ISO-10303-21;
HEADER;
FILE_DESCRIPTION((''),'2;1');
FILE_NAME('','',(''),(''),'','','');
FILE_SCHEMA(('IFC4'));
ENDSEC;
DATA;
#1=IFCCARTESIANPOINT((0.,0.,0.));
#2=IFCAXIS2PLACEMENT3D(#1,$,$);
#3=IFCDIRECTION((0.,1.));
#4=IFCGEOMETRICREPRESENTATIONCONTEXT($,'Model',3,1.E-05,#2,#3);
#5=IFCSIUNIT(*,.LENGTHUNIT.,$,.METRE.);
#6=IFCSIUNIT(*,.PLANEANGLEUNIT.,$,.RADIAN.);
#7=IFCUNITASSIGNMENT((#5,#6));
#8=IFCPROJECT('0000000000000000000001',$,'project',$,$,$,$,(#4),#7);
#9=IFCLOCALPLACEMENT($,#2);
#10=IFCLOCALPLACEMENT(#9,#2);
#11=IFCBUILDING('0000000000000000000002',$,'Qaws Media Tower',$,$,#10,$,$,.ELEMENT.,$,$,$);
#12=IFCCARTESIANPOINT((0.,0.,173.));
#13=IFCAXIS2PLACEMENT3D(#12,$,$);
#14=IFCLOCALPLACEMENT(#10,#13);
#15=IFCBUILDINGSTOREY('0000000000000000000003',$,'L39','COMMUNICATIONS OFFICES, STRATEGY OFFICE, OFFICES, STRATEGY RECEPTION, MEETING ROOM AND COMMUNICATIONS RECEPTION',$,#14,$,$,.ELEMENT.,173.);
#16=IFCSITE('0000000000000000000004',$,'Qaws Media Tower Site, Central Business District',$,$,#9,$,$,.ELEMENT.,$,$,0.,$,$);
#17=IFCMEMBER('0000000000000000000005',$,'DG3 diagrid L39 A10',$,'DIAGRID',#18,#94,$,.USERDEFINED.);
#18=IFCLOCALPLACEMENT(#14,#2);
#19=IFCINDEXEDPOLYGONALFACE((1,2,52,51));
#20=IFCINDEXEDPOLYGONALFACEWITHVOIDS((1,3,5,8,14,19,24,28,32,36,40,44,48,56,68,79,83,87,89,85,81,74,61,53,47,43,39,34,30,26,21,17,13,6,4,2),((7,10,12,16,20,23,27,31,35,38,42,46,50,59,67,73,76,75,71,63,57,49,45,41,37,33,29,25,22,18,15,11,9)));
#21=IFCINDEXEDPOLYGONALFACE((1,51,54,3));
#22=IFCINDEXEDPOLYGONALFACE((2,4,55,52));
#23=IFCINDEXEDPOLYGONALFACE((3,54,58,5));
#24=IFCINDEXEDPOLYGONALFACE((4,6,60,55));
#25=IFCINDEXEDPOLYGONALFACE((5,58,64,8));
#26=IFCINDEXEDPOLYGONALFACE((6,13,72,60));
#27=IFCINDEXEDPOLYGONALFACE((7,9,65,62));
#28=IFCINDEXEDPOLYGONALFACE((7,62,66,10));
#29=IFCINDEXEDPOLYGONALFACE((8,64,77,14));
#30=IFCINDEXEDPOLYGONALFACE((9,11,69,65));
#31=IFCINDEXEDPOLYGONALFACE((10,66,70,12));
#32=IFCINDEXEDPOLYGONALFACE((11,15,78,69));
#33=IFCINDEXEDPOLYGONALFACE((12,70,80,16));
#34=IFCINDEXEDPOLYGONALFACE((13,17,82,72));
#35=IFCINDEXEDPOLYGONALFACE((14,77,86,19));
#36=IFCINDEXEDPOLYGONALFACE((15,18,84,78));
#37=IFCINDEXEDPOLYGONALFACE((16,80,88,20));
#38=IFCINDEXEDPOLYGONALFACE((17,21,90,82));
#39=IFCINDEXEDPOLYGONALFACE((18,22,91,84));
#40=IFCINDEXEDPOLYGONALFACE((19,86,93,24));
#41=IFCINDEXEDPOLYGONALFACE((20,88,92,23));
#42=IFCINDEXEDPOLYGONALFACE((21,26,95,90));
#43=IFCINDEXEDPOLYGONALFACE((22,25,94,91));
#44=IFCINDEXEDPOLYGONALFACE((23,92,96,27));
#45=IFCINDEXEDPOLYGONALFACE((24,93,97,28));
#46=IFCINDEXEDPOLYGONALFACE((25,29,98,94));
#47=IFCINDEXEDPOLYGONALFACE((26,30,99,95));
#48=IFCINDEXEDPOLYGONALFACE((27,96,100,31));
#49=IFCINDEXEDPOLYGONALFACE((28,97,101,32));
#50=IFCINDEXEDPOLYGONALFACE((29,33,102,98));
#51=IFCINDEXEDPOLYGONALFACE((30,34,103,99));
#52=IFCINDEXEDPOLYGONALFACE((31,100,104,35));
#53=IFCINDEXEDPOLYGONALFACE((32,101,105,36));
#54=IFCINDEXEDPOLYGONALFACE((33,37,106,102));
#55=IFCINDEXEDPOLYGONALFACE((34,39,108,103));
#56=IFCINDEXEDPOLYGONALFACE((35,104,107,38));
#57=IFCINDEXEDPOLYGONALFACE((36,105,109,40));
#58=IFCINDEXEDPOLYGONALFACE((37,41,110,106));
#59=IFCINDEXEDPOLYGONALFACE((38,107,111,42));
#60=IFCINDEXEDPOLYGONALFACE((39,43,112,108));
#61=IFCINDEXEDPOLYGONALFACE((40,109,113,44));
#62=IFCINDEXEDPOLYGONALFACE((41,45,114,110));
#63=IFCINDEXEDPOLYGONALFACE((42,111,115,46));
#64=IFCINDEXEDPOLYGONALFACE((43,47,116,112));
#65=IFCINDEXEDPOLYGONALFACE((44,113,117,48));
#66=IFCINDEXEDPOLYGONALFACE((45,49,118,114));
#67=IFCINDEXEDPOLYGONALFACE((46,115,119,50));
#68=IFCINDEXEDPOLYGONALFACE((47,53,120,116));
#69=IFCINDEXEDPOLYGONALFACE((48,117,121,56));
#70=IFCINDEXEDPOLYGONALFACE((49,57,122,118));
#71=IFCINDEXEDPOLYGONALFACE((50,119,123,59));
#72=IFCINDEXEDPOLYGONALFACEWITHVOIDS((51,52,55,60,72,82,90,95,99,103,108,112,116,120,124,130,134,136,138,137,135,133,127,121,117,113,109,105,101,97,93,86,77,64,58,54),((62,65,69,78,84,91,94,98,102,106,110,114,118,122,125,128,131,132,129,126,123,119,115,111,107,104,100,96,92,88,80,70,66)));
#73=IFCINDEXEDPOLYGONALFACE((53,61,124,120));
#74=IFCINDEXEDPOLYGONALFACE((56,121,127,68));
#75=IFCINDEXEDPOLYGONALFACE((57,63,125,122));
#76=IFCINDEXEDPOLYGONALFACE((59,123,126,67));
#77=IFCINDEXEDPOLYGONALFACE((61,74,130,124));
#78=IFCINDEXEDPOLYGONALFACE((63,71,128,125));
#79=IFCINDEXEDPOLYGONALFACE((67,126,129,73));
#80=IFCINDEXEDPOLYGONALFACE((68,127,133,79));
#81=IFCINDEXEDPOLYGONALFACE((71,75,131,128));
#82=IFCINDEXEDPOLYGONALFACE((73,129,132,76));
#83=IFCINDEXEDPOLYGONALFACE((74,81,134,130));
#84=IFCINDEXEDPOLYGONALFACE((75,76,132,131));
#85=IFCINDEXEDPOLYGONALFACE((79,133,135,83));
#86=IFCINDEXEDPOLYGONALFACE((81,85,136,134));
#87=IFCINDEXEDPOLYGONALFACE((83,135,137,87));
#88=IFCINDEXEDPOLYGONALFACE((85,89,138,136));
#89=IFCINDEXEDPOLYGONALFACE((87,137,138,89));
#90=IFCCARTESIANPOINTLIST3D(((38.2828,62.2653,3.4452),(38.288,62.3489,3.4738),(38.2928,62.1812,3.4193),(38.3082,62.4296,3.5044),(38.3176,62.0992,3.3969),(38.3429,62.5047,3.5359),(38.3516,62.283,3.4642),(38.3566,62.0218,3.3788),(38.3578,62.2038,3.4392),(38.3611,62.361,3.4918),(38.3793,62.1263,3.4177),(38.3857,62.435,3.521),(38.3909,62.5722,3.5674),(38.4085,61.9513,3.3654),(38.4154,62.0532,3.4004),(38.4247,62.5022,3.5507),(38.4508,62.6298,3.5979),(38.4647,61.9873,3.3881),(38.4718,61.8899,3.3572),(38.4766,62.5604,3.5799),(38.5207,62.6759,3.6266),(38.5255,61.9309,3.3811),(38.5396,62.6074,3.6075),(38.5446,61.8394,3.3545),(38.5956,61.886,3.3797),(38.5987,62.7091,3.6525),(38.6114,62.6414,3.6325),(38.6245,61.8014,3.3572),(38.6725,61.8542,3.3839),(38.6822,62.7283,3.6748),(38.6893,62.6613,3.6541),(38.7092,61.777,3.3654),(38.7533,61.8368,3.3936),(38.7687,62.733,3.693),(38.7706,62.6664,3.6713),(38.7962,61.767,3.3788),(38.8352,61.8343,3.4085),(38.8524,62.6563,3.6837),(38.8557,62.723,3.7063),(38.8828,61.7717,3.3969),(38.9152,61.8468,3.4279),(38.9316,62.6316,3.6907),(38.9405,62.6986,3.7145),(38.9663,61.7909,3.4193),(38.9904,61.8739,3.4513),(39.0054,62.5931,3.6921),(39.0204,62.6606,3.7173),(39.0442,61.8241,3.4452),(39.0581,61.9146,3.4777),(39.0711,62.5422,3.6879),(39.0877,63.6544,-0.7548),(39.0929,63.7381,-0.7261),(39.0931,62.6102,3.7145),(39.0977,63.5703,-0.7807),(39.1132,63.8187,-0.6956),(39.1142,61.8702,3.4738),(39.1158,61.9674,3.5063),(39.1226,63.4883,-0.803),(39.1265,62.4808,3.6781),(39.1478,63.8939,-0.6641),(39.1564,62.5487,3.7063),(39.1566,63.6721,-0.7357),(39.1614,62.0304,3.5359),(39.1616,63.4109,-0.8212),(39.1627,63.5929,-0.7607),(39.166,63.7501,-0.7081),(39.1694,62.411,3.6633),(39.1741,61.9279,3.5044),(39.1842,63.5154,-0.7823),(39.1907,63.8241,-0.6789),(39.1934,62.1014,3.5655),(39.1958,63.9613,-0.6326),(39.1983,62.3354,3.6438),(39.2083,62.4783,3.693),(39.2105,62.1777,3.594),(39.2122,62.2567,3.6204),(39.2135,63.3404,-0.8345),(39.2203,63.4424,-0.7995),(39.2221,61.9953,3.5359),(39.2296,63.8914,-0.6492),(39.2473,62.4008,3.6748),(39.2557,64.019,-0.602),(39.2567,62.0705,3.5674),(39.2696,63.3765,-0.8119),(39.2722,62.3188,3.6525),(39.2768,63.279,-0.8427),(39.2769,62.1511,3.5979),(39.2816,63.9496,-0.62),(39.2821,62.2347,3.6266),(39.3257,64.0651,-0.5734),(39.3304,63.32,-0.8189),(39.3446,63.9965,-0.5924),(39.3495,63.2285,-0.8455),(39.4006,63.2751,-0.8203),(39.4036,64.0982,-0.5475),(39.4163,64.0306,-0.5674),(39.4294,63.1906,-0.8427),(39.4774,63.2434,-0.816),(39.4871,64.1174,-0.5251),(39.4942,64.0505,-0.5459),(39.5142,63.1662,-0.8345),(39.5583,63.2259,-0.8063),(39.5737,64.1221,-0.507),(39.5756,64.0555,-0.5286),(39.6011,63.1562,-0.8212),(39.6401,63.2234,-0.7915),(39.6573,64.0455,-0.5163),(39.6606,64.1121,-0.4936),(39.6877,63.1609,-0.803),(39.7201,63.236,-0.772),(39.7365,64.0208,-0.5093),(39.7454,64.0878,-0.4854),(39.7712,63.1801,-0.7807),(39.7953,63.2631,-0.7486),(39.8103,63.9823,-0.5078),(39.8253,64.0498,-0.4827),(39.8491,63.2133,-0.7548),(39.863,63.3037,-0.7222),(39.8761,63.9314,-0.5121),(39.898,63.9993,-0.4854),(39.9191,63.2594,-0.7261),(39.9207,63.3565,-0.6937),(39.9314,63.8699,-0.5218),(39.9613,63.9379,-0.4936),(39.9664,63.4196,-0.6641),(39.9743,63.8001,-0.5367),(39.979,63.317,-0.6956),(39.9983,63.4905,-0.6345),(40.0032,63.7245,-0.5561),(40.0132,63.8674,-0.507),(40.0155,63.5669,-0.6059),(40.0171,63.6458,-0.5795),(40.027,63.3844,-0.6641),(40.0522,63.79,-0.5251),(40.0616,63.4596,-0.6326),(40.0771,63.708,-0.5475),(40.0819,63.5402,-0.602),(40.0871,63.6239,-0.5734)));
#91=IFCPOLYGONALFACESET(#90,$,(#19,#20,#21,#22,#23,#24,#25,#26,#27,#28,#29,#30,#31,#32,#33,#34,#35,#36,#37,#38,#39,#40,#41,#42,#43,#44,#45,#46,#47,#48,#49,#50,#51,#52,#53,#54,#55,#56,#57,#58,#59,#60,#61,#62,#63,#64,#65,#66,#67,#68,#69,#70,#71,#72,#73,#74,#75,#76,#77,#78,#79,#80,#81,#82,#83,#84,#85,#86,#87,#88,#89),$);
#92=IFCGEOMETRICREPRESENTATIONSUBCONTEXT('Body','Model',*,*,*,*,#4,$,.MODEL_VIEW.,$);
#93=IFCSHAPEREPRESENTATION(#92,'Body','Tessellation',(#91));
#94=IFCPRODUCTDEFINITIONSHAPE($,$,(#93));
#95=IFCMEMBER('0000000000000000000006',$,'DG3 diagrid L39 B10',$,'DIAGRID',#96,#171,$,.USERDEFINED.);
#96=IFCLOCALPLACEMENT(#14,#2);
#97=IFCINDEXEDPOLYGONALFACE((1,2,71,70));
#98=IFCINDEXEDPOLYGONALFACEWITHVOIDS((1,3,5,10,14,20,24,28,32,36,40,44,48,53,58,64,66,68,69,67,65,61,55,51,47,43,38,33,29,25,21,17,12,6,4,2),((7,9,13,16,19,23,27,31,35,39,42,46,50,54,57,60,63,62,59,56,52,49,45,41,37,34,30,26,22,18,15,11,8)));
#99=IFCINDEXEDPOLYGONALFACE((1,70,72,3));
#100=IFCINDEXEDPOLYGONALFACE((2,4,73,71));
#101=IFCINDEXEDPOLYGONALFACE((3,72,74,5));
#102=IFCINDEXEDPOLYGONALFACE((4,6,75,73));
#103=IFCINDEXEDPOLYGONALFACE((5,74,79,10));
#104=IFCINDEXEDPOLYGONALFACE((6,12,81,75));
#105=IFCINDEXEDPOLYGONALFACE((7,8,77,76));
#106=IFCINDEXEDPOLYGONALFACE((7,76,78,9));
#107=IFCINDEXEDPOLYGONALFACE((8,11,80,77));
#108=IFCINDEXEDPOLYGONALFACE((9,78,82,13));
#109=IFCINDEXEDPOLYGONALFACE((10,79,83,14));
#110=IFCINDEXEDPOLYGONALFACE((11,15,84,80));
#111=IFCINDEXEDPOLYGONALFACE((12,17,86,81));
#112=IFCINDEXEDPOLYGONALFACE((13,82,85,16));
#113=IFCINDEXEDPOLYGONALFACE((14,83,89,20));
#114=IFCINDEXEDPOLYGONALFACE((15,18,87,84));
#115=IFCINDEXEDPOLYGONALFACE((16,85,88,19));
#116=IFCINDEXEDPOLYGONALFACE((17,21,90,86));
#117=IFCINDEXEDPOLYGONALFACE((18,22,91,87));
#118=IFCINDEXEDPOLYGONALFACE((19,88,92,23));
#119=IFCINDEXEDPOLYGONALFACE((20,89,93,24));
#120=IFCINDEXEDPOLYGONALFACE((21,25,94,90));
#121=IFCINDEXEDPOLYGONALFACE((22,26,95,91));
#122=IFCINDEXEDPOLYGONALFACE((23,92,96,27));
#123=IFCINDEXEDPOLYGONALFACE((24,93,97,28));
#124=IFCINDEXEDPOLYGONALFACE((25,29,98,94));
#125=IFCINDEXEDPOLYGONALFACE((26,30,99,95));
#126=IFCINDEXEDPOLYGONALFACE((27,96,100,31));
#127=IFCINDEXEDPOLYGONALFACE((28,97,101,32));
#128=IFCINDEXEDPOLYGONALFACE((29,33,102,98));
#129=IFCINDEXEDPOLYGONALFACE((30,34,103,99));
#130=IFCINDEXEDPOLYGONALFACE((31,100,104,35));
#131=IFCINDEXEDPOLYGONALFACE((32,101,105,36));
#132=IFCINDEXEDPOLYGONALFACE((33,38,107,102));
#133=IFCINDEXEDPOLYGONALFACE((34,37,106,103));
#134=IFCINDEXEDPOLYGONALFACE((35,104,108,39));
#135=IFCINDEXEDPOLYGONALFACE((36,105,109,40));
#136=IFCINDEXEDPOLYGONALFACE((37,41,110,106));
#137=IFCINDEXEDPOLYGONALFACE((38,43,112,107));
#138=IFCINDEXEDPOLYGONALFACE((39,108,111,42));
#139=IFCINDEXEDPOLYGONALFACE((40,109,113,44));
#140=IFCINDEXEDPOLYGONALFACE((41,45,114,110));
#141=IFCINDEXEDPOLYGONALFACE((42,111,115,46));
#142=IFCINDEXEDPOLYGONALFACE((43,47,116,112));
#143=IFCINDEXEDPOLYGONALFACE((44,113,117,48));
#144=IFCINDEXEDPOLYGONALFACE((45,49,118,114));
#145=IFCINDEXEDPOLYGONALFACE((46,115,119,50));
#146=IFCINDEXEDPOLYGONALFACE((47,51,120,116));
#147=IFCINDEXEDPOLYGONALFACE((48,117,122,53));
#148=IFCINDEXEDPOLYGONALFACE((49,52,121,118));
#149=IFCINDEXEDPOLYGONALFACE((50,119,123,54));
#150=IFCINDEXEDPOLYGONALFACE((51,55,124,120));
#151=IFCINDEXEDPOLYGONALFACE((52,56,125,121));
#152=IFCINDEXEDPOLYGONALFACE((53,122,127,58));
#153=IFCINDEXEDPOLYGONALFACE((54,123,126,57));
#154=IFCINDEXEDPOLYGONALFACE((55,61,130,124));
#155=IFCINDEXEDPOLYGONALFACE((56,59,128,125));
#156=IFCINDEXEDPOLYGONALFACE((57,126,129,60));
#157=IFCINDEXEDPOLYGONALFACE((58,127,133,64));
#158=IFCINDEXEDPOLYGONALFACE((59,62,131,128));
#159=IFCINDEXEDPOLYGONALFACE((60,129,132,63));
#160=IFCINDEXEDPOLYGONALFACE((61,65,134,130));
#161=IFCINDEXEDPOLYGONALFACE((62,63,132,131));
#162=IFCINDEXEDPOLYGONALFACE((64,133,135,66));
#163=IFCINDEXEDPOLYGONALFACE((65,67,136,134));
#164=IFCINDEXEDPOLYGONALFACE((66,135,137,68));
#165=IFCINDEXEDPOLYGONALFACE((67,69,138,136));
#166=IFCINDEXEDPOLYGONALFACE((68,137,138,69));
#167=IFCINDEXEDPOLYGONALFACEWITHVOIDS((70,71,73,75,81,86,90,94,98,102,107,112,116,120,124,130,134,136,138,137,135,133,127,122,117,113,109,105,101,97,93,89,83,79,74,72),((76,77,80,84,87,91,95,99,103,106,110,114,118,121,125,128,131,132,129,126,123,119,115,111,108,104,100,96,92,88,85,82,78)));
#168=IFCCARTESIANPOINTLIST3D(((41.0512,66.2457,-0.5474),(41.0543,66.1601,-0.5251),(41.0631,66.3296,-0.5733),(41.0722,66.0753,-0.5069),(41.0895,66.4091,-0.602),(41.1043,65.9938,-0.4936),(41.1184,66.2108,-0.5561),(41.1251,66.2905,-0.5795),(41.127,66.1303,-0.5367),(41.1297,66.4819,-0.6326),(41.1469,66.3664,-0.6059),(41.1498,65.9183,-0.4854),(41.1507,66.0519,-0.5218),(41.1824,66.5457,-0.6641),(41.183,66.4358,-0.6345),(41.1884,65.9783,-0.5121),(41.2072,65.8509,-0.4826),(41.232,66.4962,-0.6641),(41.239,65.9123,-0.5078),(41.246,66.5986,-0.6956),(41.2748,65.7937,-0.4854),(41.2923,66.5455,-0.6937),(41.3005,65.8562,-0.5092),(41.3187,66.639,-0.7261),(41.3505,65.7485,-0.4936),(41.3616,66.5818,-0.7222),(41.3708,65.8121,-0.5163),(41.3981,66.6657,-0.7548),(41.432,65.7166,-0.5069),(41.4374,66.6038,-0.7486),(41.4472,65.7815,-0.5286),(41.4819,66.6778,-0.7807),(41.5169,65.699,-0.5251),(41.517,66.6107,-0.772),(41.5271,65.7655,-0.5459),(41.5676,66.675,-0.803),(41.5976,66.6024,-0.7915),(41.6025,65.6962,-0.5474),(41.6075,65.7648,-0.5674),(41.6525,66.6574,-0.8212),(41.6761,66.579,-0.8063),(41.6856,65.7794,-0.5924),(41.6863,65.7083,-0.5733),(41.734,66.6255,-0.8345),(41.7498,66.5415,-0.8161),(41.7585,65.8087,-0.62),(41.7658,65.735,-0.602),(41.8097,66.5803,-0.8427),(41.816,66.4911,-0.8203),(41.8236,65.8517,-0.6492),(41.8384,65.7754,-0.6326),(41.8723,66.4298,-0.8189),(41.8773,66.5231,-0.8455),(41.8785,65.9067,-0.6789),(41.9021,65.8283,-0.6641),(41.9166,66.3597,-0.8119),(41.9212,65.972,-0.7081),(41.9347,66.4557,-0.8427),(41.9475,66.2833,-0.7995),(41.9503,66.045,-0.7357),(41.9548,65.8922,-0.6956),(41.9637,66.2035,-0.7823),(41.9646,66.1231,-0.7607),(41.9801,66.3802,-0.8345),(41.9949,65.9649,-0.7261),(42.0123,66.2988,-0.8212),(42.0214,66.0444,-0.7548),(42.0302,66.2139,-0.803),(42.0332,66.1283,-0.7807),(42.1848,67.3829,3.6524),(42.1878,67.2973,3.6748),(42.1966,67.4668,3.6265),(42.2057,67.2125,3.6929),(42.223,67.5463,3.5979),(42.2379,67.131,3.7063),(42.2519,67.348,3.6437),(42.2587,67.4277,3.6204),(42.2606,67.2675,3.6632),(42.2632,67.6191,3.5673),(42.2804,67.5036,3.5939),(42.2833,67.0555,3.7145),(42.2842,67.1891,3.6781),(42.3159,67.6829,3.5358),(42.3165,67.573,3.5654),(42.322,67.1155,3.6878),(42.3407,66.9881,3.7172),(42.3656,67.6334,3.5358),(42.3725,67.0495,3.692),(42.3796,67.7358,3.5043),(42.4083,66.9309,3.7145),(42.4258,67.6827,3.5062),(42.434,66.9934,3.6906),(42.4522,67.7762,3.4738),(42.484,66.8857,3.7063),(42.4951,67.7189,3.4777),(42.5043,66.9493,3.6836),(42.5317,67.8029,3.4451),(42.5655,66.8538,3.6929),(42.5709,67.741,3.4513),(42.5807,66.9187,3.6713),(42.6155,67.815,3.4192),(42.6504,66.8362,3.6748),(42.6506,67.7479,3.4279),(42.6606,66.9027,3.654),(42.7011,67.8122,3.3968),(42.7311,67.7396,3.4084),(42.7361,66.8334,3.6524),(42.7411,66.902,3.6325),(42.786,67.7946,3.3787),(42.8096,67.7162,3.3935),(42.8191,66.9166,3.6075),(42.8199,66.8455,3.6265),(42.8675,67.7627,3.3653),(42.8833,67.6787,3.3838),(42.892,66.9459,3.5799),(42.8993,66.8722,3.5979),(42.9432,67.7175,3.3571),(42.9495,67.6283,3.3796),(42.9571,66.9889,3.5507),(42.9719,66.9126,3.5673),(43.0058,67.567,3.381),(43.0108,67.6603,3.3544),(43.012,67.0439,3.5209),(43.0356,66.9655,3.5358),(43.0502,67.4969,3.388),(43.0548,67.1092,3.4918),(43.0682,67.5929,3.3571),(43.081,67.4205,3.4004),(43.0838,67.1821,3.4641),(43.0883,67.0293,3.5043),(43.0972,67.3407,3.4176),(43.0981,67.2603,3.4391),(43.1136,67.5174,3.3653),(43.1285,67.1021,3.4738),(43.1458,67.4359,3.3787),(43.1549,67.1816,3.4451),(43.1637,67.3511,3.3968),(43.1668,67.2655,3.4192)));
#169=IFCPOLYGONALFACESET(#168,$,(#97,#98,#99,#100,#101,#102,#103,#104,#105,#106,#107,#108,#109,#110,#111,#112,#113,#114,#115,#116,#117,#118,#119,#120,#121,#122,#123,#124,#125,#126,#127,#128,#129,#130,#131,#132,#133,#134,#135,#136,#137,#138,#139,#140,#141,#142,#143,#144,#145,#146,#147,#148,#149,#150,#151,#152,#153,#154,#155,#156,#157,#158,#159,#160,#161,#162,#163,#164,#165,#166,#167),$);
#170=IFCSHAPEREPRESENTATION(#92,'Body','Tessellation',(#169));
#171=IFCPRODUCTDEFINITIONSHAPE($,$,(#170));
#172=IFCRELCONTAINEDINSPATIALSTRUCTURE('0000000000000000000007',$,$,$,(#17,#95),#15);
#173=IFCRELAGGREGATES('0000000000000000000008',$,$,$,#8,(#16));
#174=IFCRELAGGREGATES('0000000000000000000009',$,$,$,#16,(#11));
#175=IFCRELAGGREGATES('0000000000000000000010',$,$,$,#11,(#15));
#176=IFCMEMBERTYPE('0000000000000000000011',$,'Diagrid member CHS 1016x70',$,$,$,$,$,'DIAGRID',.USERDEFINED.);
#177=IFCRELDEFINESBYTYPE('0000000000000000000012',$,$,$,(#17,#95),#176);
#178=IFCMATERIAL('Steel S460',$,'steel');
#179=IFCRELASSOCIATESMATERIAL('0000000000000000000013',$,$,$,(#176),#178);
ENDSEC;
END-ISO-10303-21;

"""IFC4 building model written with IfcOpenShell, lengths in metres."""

from ifc_helpers import new_model, si_unit, direction, frame, origin, origin_2d, place, context, subcontext, project, spatial, hollow_circle, extrude, material, material_profile, profile_set, type_object, element, save


model = new_model("IFC4")

# Units and contexts
model_context = context("Model", 3, precision=1e-05, world=origin(), true_north=direction((0.0, 1.0)))
body_context = subcontext(model_context, "Body", "Model", "MODEL_VIEW")
ifc_project = project(units=[si_unit("LENGTHUNIT", "METRE"), si_unit("PLANEANGLEUNIT", "RADIAN")], contexts=[model_context])

# Site, building, storey
site_placement = place(None, origin())
site = spatial("IfcSite", under=ifc_project, at=site_placement, Name="Qaws Media Tower Site, Central Business District", CompositionType="ELEMENT", RefElevation=0.0)
building_placement = place(site_placement, origin())
building = spatial("IfcBuilding", under=site, at=building_placement, Name="Qaws Media Tower", CompositionType="ELEMENT")
storey_placement = place(building_placement, frame((0.0, 0.0, 173.0)))
storey = spatial("IfcBuildingStorey", under=building, at=storey_placement, Name="L39", Description="COMMUNICATIONS OFFICES, STRATEGY OFFICE, OFFICES, STRATEGY RECEPTION, MEETING ROOM AND COMMUNICATIONS RECEPTION", CompositionType="ELEMENT", Elevation=173.0)

# Members
ifc_material_1 = material(Name="Steel S460", Category="steel")
ifc_material_profile_1 = material_profile(ifc_material_1, hollow_circle(Radius=0.5081, WallThickness=0.0701, at=origin_2d()), Name="CHS 1016x70")
ifc_profile_set_1 = profile_set([ifc_material_profile_1], Name="Steel S460")
member_type_1 = type_object("IfcMemberType", Name="Diagrid member CHS 1016x70", ElementType="DIAGRID", PredefinedType="USERDEFINED", material=ifc_profile_set_1)
for number, where, z_axis, x_axis, name in (
    (1, (39.5874, 63.6392, -0.6641), (-0.179018, -0.308952, 0.934078), (0.865242, -0.501354, 0.0), "DG3 diagrid L39 A10"),
    (2, (41.5422, 66.187, -0.6641), (0.2521, 0.252914, 0.934066), (-0.708246, 0.705965, 0.0), "DG3 diagrid L39 B10"),
):
    element("IfcMember", number, at=place(storey_placement, frame(where, z_axis=z_axis, x_axis=x_axis)), inside=storey, type_object=member_type_1, Name=name, ObjectType="DIAGRID", PredefinedType="USERDEFINED", context=body_context, shape_type="SweptSolid", body=[
        extrude(hollow_circle(Radius=0.5081, WallThickness=0.0701, at=origin_2d()), origin(), (0.0, 0.0, 1.0), 4.4963),
    ])

save(model, "model.ifc")
